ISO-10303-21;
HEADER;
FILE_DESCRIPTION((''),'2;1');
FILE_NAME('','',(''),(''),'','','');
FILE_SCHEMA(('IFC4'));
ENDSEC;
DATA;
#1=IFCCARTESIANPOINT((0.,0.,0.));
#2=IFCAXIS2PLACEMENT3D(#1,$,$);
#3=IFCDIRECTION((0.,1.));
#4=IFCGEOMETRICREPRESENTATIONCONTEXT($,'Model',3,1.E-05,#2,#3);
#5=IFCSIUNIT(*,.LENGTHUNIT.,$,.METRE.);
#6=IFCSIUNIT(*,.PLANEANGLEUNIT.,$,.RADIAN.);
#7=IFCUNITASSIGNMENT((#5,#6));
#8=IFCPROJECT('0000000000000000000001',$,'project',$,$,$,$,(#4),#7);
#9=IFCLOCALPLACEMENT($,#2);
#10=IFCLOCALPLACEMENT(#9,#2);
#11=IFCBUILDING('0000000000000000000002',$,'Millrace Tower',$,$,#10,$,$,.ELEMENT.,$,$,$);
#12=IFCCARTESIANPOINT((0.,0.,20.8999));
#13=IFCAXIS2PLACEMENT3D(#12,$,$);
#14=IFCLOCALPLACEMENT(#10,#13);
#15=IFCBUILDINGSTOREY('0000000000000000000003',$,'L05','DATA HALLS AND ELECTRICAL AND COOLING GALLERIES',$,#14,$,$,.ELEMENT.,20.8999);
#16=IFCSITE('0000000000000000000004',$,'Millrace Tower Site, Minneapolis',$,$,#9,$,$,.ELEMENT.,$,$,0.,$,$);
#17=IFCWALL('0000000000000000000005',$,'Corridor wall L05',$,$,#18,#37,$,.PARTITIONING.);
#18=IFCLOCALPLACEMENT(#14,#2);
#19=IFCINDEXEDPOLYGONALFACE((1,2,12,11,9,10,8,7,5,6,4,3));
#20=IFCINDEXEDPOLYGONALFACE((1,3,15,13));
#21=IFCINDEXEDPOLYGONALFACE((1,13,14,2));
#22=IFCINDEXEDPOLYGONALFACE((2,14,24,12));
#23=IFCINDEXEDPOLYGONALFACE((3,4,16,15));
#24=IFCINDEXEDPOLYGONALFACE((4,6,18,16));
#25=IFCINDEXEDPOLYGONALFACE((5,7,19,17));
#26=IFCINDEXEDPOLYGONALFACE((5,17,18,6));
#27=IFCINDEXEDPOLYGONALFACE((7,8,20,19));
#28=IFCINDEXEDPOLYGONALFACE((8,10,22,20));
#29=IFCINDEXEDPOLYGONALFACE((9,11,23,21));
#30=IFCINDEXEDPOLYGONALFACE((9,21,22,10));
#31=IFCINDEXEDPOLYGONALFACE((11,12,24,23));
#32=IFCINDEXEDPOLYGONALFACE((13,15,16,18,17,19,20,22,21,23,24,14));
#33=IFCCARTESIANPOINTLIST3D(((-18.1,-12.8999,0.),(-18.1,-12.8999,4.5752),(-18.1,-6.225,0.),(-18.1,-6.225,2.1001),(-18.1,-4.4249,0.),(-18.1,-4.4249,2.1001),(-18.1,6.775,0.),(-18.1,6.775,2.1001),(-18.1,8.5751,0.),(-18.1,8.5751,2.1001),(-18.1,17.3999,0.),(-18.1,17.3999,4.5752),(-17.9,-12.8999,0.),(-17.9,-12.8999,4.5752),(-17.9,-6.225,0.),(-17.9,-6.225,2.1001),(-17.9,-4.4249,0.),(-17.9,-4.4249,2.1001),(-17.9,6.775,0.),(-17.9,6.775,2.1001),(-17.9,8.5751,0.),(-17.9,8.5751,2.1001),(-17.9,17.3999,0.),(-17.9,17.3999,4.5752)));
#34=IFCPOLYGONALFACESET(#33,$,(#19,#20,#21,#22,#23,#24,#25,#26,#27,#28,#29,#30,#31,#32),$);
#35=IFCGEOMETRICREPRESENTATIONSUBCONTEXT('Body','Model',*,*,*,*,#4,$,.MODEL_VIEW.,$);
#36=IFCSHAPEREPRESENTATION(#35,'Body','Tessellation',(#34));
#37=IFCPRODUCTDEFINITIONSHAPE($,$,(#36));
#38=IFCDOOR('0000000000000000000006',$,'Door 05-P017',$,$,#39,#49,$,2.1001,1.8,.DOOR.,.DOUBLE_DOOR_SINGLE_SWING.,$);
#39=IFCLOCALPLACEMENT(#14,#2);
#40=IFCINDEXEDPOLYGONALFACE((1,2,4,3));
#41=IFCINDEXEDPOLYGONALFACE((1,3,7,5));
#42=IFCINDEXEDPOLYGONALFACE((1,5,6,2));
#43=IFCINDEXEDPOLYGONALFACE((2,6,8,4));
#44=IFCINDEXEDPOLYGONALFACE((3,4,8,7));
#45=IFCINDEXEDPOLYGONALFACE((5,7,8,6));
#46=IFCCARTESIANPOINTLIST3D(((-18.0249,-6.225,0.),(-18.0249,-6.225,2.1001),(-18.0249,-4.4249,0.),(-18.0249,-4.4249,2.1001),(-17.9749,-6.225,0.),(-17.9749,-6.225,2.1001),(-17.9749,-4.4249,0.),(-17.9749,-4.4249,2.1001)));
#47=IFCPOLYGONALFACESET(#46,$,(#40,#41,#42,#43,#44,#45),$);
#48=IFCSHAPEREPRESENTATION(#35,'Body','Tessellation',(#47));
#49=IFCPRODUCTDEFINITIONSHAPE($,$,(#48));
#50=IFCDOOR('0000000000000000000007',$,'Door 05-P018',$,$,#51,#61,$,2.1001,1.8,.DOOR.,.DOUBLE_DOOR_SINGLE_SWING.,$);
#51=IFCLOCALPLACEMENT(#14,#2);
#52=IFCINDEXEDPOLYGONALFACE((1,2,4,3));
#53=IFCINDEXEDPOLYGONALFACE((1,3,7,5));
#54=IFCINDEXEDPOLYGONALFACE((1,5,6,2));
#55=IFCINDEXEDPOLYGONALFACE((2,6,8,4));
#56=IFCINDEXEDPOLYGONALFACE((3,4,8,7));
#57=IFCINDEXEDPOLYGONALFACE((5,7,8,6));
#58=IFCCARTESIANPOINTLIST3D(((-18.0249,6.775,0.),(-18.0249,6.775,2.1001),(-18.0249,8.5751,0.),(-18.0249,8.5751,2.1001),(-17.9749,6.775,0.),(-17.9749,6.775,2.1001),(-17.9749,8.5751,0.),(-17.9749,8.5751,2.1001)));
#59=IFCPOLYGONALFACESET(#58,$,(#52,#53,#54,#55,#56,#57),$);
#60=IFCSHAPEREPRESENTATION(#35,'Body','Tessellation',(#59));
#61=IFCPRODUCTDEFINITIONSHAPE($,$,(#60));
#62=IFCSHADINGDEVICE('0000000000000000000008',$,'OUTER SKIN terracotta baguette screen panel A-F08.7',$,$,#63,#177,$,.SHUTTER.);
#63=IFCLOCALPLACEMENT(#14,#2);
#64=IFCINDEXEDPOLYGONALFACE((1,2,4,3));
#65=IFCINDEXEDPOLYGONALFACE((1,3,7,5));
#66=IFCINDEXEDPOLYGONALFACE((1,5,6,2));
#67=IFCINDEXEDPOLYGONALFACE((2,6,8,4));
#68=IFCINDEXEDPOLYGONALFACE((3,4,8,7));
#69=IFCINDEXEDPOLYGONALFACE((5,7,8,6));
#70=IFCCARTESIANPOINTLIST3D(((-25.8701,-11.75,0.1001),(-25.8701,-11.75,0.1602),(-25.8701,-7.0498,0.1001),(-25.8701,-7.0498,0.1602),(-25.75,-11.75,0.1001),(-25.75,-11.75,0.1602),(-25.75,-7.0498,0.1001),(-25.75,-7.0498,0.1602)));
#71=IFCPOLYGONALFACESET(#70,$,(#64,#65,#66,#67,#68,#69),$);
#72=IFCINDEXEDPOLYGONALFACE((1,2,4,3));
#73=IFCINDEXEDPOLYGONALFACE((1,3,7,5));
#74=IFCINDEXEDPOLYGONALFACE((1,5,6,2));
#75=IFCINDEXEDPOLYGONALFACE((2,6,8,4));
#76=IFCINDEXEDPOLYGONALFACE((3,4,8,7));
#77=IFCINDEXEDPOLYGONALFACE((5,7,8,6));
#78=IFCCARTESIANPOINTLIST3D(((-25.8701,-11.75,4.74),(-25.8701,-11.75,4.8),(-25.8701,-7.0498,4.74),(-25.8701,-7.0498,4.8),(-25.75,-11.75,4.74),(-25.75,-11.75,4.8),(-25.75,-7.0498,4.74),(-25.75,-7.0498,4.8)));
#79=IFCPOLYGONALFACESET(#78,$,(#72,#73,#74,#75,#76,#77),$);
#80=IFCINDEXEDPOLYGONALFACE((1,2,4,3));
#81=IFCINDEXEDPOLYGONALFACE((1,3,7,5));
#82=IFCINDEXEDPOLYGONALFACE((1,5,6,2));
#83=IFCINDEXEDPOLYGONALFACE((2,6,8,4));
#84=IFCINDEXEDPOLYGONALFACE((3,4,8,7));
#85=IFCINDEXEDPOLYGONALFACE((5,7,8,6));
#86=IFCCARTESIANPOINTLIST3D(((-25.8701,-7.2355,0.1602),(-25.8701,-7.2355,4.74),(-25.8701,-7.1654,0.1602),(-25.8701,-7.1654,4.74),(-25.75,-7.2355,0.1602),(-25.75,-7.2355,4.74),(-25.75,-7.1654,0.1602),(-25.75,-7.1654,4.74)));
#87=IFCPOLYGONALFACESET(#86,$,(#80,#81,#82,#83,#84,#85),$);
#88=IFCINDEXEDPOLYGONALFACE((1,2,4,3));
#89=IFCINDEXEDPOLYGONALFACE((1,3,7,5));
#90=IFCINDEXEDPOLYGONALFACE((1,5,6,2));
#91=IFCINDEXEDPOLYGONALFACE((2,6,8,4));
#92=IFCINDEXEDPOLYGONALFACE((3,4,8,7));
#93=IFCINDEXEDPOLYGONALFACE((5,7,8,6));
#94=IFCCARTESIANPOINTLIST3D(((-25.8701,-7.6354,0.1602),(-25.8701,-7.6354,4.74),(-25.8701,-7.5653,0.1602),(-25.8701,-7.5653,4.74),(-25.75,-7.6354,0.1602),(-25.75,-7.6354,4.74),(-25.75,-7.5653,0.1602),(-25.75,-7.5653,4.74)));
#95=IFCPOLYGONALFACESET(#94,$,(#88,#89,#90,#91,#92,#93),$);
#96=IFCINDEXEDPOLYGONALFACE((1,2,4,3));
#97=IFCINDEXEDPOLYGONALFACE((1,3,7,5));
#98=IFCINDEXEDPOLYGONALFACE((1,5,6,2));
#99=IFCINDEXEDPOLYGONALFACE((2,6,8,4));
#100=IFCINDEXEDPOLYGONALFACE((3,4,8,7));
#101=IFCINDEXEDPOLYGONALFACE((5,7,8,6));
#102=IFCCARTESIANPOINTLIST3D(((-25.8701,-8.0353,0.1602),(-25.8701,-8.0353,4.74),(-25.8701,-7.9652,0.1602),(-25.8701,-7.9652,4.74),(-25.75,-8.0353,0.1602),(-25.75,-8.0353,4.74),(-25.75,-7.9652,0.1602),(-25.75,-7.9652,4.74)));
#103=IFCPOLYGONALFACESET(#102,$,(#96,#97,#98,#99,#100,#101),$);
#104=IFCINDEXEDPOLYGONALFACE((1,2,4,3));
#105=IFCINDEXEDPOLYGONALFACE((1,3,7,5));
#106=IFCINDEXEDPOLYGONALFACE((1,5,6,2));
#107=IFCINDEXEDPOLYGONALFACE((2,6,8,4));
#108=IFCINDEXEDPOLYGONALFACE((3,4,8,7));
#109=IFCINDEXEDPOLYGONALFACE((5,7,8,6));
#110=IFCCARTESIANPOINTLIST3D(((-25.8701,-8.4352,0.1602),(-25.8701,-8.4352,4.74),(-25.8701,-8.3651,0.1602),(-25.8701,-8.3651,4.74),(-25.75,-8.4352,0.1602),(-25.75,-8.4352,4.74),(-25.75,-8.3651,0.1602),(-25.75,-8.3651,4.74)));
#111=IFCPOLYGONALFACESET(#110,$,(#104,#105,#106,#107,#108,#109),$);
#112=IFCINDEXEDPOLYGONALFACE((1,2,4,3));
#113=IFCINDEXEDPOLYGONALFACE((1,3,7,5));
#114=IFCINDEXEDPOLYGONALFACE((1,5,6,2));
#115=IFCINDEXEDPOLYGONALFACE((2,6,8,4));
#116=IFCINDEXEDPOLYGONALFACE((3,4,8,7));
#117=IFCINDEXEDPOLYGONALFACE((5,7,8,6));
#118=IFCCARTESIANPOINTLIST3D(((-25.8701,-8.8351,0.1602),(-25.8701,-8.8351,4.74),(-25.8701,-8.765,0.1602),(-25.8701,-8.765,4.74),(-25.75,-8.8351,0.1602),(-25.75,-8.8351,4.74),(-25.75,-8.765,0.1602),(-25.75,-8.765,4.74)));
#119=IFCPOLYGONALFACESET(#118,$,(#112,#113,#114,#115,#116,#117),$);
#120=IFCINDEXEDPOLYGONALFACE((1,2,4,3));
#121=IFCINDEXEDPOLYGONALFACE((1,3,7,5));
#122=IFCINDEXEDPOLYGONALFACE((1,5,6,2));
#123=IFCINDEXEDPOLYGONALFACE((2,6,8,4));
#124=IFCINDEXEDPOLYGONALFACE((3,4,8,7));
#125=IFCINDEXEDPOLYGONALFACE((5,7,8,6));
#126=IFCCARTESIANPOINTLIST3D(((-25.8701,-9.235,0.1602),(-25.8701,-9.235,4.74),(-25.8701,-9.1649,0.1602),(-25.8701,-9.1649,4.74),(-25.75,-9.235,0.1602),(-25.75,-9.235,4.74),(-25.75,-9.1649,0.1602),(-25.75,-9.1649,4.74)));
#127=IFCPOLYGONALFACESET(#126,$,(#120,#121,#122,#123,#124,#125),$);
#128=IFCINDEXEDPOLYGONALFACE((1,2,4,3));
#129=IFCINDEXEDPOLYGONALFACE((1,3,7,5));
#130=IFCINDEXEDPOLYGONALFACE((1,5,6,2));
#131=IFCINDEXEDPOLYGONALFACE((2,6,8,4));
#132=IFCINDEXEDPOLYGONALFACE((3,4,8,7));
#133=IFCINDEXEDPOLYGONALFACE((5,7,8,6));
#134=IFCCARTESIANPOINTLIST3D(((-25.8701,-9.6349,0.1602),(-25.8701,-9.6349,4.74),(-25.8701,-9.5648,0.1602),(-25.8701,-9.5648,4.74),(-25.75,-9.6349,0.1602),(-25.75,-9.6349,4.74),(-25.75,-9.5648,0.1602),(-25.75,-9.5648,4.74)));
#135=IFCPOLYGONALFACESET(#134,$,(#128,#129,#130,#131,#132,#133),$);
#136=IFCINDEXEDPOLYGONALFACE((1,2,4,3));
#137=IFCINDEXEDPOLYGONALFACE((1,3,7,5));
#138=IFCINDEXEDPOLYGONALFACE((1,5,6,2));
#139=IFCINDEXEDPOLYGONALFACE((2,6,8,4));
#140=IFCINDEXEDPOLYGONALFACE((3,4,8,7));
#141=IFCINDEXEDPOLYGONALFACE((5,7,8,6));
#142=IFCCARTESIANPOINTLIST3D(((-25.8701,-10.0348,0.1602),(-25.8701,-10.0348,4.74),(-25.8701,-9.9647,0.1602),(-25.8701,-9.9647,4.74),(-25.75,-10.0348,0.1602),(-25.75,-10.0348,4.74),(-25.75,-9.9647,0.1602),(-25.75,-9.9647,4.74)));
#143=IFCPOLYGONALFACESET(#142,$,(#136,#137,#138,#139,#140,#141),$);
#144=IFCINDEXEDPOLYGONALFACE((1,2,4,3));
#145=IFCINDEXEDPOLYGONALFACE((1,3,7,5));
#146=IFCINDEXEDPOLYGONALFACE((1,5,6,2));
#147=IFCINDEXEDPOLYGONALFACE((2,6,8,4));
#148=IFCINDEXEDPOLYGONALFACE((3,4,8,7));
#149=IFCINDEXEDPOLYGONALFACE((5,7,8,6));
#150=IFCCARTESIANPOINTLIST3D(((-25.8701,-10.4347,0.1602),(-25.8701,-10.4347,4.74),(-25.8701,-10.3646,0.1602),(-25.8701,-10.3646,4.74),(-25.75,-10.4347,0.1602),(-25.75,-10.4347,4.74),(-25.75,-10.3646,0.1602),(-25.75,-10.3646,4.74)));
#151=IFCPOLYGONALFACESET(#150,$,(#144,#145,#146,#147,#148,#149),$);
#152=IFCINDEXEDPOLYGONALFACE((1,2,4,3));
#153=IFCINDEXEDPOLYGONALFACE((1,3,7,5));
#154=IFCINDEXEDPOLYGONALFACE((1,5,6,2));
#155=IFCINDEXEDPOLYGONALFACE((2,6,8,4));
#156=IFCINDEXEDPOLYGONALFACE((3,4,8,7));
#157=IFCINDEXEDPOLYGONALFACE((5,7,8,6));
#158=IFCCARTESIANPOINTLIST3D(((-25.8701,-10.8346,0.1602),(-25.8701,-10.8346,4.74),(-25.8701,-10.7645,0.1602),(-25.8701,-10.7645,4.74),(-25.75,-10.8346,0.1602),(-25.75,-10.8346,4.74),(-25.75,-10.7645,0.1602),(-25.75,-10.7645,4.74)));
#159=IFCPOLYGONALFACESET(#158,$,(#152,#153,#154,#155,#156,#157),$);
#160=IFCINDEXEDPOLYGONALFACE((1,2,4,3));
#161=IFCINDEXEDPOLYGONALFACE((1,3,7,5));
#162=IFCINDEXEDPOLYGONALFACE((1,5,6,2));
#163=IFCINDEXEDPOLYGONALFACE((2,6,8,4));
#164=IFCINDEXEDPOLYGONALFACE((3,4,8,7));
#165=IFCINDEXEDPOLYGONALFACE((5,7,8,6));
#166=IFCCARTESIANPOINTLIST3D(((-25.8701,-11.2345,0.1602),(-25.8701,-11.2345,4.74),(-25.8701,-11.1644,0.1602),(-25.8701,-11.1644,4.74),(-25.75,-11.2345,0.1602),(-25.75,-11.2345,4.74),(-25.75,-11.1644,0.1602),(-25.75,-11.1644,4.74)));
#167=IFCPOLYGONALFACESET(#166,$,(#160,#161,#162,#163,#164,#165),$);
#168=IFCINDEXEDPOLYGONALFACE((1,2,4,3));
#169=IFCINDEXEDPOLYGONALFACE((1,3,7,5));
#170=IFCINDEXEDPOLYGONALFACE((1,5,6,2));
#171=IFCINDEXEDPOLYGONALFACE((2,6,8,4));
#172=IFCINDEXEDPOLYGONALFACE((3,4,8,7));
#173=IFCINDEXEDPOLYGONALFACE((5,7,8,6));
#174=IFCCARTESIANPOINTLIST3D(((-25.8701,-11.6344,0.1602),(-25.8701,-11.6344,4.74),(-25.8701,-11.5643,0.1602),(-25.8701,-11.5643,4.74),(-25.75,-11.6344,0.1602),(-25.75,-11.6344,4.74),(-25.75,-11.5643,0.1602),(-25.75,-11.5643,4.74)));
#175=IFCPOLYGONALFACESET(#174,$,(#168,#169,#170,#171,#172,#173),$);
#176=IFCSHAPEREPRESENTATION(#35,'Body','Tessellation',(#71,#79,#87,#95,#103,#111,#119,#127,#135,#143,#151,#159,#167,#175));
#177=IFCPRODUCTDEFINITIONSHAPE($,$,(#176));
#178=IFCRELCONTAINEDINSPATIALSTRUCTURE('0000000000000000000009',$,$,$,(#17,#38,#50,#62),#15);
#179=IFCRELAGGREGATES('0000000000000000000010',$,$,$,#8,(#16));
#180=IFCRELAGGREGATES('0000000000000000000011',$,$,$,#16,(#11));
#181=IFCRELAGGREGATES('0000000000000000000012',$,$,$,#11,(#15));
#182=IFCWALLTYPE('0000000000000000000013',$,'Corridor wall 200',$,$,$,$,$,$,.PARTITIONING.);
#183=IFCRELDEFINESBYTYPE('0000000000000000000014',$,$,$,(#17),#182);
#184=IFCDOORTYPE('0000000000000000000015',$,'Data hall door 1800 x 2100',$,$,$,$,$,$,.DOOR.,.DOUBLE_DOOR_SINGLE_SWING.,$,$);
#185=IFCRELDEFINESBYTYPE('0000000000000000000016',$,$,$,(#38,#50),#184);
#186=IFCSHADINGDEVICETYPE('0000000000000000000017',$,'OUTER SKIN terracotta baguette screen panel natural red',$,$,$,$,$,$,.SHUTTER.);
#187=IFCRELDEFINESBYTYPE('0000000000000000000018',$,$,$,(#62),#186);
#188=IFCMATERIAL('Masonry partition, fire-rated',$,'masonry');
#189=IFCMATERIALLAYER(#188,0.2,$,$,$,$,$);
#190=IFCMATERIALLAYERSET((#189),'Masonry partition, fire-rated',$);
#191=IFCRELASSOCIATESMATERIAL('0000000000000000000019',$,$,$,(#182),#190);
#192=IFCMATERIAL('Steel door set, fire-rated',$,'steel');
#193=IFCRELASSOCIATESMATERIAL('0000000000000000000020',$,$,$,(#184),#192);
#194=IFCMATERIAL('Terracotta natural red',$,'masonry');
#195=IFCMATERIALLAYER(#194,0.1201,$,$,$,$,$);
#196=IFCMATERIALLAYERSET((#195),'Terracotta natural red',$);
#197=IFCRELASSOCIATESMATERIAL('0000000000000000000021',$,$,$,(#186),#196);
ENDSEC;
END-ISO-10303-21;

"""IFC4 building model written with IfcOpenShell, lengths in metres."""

from ifc_helpers import new_model, entity, si_unit, direction, frame, frame_2d, origin, place, context, subcontext, project, spatial, rectangle, extrude, source, transform, mapped, material, layer, layer_set, type_object, element, fill, save


model = new_model("IFC4")

# Units and contexts
model_context = context("Model", 3, precision=1e-05, world=origin(), true_north=direction((0.0, 1.0)))
body_context = subcontext(model_context, "Body", "Model", "MODEL_VIEW")
ifc_project = project(units=[si_unit("LENGTHUNIT", "METRE"), si_unit("PLANEANGLEUNIT", "RADIAN")], contexts=[model_context])

# Site, building, storey
site_placement = place(None, origin())
site = spatial("IfcSite", under=ifc_project, at=site_placement, Name="Millrace Tower Site, Minneapolis", CompositionType="ELEMENT", RefElevation=0.0)
building_placement = place(site_placement, origin())
building = spatial("IfcBuilding", under=site, at=building_placement, Name="Millrace Tower", CompositionType="ELEMENT")
storey_placement = place(building_placement, frame((0.0, 0.0, 20.8999)))
storey = spatial("IfcBuildingStorey", under=building, at=storey_placement, Name="L05", Description="DATA HALLS AND ELECTRICAL AND COOLING GALLERIES", CompositionType="ELEMENT", Elevation=20.8999)

# Wall, openings, doors
ifc_material_1 = material(Name="Masonry partition, fire-rated", Category="masonry")
ifc_layer_1 = layer(ifc_material_1, 0.2)
ifc_layer_set_1 = layer_set([ifc_layer_1], Name="Masonry partition, fire-rated")
wall_type_1 = type_object("IfcWallType", Name="Corridor wall 200", PredefinedType="PARTITIONING", material=ifc_layer_set_1)
ifc_material_2 = material(Name="Steel door set, fire-rated", Category="steel")
door_type_1 = type_object("IfcDoorType", Name="Data hall door 1800 x 2100", OperationType="DOUBLE_DOOR_SINGLE_SWING", PredefinedType="DOOR", material=ifc_material_2)
wall_1_placement = place(storey_placement, frame((-18.0, -12.8999, 0.0), z_axis=(0.0, 0.0, 1.0), x_axis=(0.0, 1.0, 0.0)))
wall_1 = element("IfcWall", 1, at=wall_1_placement, inside=storey, type_object=wall_type_1, Name="Corridor wall L05", PredefinedType="PARTITIONING", context=body_context, shape_type="SweptSolid", body=[
    extrude(rectangle(XDim=30.2998, YDim=0.2, at=frame_2d((15.1499, 0.0))), origin(), (0.0, 0.0, 1.0), 4.5752),
])
opening_1_placement = place(wall_1_placement, frame((6.675, 0.0, 0.0)))
opening_1 = element("IfcOpeningElement", 2, at=opening_1_placement, cuts=wall_1, PredefinedType="OPENING", context=body_context, shape_type="SweptSolid", body=[
    extrude(rectangle(XDim=1.8, YDim=2.1001, at=frame_2d((0.8999, 1.05))), frame((0.0, 0.1099, 0.0), z_axis=(0.0, -1.0, 0.0), x_axis=(1.0, 0.0, 0.0)), (0.0, 0.0, 1.0), 0.22),
])
opening_2_placement = place(wall_1_placement, frame((19.675, 0.0, 0.0)))
opening_2 = element("IfcOpeningElement", 3, at=opening_2_placement, cuts=wall_1, PredefinedType="OPENING", context=body_context, shape_type="SweptSolid", body=[
    extrude(rectangle(XDim=1.8, YDim=2.1001, at=frame_2d((0.8999, 1.05))), frame((0.0, 0.1099, 0.0), z_axis=(0.0, -1.0, 0.0), x_axis=(1.0, 0.0, 0.0)), (0.0, 0.0, 1.0), 0.22),
])
door_1_placement = place(opening_1_placement, origin())
door_1 = element("IfcDoor", 4, at=door_1_placement, inside=storey, type_object=door_type_1, Name="Door 05-P017", OperationType="DOUBLE_DOOR_SINGLE_SWING", OverallHeight=2.1001, OverallWidth=1.8, PredefinedType="DOOR", context=body_context, shape_type="SweptSolid", body=[
    extrude(rectangle(XDim=1.8, YDim=2.1001, at=frame_2d((0.8999, 1.05))), frame((0.0, 0.0249, 0.0), z_axis=(0.0, -1.0, 0.0), x_axis=(1.0, 0.0, 0.0)), (0.0, 0.0, 1.0), 0.05),
])
fill(opening_1, door_1)
door_2_placement = place(opening_2_placement, origin())
door_2 = element("IfcDoor", 5, at=door_2_placement, inside=storey, type_object=door_type_1, Name="Door 05-P018", OperationType="DOUBLE_DOOR_SINGLE_SWING", OverallHeight=2.1001, OverallWidth=1.8, PredefinedType="DOOR", context=body_context, shape_type="SweptSolid", body=[
    extrude(rectangle(XDim=1.8, YDim=2.1001, at=frame_2d((0.8999, 1.05))), frame((0.0, 0.0249, 0.0), z_axis=(0.0, -1.0, 0.0), x_axis=(1.0, 0.0, 0.0)), (0.0, 0.0, 1.0), 0.05),
])
fill(opening_2, door_2)

# Shading device
cartesian_point = entity("IfcCartesianPoint", [-2.3501, 0.0601])
shared_polyline = entity("IfcPolyline", [cartesian_point, entity("IfcCartesianPoint", [2.3501, 0.0601]), entity("IfcCartesianPoint", [2.3501, -0.0601]), entity("IfcCartesianPoint", [-2.3501, -0.0601]), cartesian_point])
ifc_material_3 = material(Name="Terracotta natural red", Category="masonry")
ifc_layer_2 = layer(ifc_material_3, 0.1201)
ifc_layer_set_2 = layer_set([ifc_layer_2], Name="Terracotta natural red")
shading_device_type_1 = type_object("IfcShadingDeviceType", Name="OUTER SKIN terracotta baguette screen panel natural red", PredefinedType="SHUTTER", material=ifc_layer_set_2)
shared_shape_1 = source(origin(), body_context, "Body", "SweptSolid", [
    entity("IfcExtrudedAreaSolid", entity("IfcArbitraryClosedProfileDef", "AREA", None, shared_polyline), entity("IfcAxis2Placement3D", entity("IfcCartesianPoint", [0.0, 0.0, 0.0])), entity("IfcDirection", [0.0, 0.0, 1.0]), 0.0601),
    entity("IfcExtrudedAreaSolid", entity("IfcArbitraryClosedProfileDef", "AREA", None, shared_polyline), entity("IfcAxis2Placement3D", entity("IfcCartesianPoint", [0.0, 0.0, 4.6399])), entity("IfcDirection", [0.0, 0.0, 1.0]), 0.0601),
    extrude(rectangle(XDim=0.0701, YDim=0.1201, at=frame_2d((-2.1995, 0.0))), frame((0.0, 0.0, 0.0601)), (0.0, 0.0, 1.0), 4.5798),
    extrude(rectangle(XDim=0.0701, YDim=0.1201, at=frame_2d((-1.7996, 0.0))), frame((0.0, 0.0, 0.0601)), (0.0, 0.0, 1.0), 4.5798),
    extrude(rectangle(XDim=0.0701, YDim=0.1201, at=frame_2d((-1.3997, 0.0))), frame((0.0, 0.0, 0.0601)), (0.0, 0.0, 1.0), 4.5798),
    extrude(rectangle(XDim=0.0701, YDim=0.1201, at=frame_2d((-0.9998, 0.0))), frame((0.0, 0.0, 0.0601)), (0.0, 0.0, 1.0), 4.5798),
    extrude(rectangle(XDim=0.0701, YDim=0.1201, at=frame_2d((-0.5999, 0.0))), frame((0.0, 0.0, 0.0601)), (0.0, 0.0, 1.0), 4.5798),
    extrude(rectangle(XDim=0.0701, YDim=0.1201, at=frame_2d((-0.2, 0.0))), frame((0.0, 0.0, 0.0601)), (0.0, 0.0, 1.0), 4.5798),
    extrude(rectangle(XDim=0.0701, YDim=0.1201, at=frame_2d((0.2, 0.0))), frame((0.0, 0.0, 0.0601)), (0.0, 0.0, 1.0), 4.5798),
    extrude(rectangle(XDim=0.0701, YDim=0.1201, at=frame_2d((0.5999, 0.0))), frame((0.0, 0.0, 0.0601)), (0.0, 0.0, 1.0), 4.5798),
    extrude(rectangle(XDim=0.0701, YDim=0.1201, at=frame_2d((0.9998, 0.0))), frame((0.0, 0.0, 0.0601)), (0.0, 0.0, 1.0), 4.5798),
    extrude(rectangle(XDim=0.0701, YDim=0.1201, at=frame_2d((1.3997, 0.0))), frame((0.0, 0.0, 0.0601)), (0.0, 0.0, 1.0), 4.5798),
    extrude(rectangle(XDim=0.0701, YDim=0.1201, at=frame_2d((1.7996, 0.0))), frame((0.0, 0.0, 0.0601)), (0.0, 0.0, 1.0), 4.5798),
    extrude(rectangle(XDim=0.0701, YDim=0.1201, at=frame_2d((2.1995, 0.0))), frame((0.0, 0.0, 0.0601)), (0.0, 0.0, 1.0), 4.5798),
])
shading_device_1_placement = place(storey_placement, frame((-25.8101, -9.3999, 0.1001), z_axis=(0.0, 0.0, 1.0), x_axis=(0.0, -1.0, 0.0)))
element("IfcShadingDevice", 6, at=shading_device_1_placement, inside=storey, type_object=shading_device_type_1, Name="OUTER SKIN terracotta baguette screen panel A-F08.7", PredefinedType="SHUTTER", context=body_context, shape_type="MappedRepresentation", body=[
    mapped(shared_shape_1, transform((0.0, 0.0, 0.0), scale=1.0)),
])

save(model, "model.ifc")
